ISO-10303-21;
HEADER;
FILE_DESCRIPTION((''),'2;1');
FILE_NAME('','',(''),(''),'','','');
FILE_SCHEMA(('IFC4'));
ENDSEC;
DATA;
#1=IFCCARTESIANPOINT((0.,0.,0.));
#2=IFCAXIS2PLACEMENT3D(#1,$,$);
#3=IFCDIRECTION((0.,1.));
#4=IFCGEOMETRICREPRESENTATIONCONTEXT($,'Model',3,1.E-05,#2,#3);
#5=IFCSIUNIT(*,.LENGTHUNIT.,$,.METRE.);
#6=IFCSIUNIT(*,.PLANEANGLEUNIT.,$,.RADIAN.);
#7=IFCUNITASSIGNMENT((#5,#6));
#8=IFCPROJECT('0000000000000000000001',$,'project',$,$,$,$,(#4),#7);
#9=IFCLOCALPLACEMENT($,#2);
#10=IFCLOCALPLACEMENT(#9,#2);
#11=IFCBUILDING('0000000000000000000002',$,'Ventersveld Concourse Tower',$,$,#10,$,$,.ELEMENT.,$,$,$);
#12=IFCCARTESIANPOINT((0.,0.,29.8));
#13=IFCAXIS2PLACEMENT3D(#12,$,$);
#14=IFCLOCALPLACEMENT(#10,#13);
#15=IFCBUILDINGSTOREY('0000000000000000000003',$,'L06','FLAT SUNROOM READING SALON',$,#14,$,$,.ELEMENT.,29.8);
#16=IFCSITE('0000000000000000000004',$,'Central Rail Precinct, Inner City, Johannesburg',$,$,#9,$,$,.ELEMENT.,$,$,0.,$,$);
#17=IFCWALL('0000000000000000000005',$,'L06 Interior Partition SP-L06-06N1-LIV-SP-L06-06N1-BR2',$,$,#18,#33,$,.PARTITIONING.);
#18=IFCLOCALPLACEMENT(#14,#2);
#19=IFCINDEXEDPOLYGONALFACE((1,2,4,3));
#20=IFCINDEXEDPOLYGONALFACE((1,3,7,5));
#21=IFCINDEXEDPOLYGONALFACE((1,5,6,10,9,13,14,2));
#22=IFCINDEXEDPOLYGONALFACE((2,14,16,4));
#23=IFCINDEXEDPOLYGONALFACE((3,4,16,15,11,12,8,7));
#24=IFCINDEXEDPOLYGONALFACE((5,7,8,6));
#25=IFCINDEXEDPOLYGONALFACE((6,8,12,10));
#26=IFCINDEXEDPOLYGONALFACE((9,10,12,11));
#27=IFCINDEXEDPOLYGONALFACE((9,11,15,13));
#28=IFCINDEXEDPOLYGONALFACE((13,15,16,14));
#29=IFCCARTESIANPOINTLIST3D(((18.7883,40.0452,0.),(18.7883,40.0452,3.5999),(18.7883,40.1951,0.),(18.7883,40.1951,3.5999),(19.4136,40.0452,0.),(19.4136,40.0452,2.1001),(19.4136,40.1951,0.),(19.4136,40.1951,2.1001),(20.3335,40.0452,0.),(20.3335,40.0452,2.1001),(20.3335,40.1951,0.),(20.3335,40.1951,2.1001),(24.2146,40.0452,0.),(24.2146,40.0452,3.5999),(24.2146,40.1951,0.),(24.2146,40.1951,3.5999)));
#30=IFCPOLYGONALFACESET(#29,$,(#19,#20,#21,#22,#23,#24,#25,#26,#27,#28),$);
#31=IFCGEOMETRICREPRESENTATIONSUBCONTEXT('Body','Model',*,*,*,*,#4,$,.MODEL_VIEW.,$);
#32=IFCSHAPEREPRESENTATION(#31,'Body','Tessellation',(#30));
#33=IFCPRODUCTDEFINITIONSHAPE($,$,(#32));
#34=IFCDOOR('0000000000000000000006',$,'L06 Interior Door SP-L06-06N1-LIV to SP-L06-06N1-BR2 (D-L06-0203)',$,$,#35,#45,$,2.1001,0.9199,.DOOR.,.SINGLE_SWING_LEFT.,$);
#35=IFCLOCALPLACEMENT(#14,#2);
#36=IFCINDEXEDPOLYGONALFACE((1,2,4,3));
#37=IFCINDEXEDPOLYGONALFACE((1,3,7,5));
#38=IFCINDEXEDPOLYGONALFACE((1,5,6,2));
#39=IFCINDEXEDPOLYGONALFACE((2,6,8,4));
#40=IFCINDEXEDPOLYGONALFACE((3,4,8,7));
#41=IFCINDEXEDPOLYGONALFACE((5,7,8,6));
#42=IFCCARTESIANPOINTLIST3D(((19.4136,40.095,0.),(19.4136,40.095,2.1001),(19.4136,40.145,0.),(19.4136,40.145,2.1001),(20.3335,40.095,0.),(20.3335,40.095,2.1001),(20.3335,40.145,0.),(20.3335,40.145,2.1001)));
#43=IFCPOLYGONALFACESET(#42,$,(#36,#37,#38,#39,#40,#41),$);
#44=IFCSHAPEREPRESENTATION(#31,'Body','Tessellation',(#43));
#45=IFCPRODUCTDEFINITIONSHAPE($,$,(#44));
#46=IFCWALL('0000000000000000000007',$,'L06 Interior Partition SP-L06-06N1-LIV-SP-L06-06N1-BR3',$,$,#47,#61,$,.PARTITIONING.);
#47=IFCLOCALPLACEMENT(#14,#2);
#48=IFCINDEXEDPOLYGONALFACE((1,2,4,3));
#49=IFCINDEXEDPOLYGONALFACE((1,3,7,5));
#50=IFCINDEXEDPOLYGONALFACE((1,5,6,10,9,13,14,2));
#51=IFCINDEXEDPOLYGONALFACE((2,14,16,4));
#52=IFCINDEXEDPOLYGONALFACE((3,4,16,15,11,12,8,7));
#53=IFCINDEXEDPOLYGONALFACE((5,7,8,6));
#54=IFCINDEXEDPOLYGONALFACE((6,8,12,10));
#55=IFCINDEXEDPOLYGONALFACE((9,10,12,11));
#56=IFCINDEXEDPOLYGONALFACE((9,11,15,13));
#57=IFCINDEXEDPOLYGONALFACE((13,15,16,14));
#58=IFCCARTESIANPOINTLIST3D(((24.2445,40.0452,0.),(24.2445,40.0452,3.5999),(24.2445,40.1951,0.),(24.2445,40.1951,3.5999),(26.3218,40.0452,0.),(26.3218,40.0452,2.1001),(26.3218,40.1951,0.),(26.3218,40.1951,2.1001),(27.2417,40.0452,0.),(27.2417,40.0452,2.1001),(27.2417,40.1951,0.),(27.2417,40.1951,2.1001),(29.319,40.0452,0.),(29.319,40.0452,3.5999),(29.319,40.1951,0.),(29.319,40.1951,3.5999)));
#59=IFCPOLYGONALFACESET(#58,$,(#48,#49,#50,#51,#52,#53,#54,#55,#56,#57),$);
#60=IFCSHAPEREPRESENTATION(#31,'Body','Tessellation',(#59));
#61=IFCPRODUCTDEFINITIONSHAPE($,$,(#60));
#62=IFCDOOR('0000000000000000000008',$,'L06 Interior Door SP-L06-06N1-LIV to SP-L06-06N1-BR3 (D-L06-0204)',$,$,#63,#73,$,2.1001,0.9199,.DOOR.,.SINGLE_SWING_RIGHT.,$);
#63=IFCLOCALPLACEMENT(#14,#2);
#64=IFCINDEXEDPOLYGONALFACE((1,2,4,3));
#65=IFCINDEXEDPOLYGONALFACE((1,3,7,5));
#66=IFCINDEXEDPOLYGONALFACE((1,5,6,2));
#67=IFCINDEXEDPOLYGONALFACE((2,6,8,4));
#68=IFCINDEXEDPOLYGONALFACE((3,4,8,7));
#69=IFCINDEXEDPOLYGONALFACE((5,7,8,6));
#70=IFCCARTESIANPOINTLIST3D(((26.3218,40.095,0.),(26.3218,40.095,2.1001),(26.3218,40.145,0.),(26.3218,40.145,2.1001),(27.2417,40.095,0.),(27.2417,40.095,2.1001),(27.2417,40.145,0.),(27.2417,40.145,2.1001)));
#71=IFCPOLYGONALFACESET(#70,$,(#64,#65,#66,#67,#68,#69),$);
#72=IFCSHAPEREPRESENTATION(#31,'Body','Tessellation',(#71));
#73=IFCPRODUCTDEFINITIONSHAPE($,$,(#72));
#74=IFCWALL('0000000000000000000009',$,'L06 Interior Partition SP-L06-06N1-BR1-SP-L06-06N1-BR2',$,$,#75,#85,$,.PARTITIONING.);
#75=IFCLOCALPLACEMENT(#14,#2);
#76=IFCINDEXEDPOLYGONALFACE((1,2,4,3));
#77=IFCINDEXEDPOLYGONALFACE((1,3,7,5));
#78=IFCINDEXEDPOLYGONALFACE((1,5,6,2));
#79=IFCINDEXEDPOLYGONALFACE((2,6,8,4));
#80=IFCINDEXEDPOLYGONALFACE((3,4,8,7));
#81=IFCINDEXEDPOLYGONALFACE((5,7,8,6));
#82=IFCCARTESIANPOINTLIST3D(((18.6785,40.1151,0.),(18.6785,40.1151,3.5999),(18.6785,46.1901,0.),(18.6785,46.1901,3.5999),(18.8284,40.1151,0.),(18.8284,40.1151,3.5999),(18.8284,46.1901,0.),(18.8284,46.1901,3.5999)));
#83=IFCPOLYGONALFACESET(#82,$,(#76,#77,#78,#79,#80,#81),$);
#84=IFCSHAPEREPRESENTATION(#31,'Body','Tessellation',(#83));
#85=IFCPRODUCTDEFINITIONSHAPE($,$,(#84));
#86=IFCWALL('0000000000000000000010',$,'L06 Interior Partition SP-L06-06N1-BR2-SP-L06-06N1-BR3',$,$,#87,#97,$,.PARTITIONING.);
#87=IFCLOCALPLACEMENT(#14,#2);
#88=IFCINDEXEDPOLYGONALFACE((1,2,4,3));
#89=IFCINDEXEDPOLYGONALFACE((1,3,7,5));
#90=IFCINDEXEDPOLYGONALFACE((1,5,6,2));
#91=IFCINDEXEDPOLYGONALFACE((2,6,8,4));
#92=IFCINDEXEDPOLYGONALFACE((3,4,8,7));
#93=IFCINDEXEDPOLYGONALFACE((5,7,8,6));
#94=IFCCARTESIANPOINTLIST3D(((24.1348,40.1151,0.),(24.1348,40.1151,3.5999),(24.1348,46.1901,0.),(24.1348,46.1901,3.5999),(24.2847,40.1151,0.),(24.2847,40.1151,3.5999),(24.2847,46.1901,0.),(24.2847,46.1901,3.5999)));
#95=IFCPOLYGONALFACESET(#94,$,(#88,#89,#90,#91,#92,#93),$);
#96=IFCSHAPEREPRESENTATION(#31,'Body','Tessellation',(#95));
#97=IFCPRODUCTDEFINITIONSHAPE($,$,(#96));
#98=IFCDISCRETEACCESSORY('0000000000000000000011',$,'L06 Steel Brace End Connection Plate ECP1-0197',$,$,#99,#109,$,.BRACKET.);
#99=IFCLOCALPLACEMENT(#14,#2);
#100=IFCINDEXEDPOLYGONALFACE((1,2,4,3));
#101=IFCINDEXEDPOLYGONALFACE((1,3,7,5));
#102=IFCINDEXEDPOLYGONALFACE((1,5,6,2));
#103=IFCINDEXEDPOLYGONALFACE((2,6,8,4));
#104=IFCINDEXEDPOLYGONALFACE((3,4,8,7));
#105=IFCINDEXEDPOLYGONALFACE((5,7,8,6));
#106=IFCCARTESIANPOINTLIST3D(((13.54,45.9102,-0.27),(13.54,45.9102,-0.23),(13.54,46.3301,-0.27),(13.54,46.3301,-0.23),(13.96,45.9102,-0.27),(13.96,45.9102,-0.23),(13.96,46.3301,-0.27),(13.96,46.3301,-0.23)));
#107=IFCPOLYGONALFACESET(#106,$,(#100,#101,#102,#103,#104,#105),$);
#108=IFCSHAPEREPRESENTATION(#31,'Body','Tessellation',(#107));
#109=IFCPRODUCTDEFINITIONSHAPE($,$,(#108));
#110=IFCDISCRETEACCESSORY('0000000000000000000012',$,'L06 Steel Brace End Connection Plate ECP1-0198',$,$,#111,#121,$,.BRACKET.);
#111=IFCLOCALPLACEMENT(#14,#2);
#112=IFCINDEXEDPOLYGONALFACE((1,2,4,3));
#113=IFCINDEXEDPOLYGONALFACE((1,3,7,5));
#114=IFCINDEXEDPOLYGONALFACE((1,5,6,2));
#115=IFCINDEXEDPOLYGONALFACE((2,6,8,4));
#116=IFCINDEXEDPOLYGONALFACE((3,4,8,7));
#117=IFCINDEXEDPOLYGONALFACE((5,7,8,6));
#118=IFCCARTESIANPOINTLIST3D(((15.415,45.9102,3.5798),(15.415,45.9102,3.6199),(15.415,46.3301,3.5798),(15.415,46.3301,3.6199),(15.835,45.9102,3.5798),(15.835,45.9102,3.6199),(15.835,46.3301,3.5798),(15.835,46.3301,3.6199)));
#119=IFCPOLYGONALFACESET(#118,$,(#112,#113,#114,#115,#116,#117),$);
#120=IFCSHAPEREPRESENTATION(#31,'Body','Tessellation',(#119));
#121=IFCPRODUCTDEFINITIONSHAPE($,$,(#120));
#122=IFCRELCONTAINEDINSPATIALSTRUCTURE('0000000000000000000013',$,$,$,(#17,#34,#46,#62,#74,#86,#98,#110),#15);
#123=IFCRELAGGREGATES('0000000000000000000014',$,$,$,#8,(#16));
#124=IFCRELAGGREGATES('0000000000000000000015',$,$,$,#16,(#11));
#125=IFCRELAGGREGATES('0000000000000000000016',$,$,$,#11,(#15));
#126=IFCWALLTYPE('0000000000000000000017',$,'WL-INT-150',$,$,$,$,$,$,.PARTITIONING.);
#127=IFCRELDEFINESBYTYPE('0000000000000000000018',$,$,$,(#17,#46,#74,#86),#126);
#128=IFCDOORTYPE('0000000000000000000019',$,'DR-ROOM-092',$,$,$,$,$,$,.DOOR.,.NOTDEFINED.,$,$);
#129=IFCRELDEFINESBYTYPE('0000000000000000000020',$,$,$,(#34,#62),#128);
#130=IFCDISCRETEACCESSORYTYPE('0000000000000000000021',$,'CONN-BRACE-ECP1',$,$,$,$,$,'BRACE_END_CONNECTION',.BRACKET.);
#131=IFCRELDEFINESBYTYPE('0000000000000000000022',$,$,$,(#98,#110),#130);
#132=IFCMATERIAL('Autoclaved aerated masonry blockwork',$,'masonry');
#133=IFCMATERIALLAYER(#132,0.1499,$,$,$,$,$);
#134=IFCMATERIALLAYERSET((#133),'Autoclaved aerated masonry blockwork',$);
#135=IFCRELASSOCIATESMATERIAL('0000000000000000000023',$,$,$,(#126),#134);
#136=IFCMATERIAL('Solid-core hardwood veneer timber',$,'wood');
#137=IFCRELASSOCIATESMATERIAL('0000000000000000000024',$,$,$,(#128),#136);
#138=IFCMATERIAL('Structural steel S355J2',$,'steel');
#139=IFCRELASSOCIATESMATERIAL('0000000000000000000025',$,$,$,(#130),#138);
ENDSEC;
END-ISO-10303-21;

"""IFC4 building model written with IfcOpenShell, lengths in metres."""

from ifc_helpers import new_model, si_unit, direction, frame, frame_2d, origin, origin_2d, place, context, subcontext, project, spatial, rectangle, extrude, material, layer, layer_set, type_object, element, fill, save


model = new_model("IFC4")

# Units and contexts
model_context = context("Model", 3, precision=1e-05, world=origin(), true_north=direction((0.0, 1.0)))
body_context = subcontext(model_context, "Body", "Model", "MODEL_VIEW")
ifc_project = project(units=[si_unit("LENGTHUNIT", "METRE"), si_unit("PLANEANGLEUNIT", "RADIAN")], contexts=[model_context])

# Site, building, storey
site_placement = place(None, origin())
site = spatial("IfcSite", under=ifc_project, at=site_placement, Name="Central Rail Precinct, Inner City, Johannesburg", CompositionType="ELEMENT", RefElevation=0.0)
building_placement = place(site_placement, origin())
building = spatial("IfcBuilding", under=site, at=building_placement, Name="Ventersveld Concourse Tower", CompositionType="ELEMENT")
storey_placement = place(building_placement, frame((0.0, 0.0, 29.8)))
storey = spatial("IfcBuildingStorey", under=building, at=storey_placement, Name="L06", Description="FLAT SUNROOM READING SALON", CompositionType="ELEMENT", Elevation=29.8)

# Shared definitions
ifc_material_1 = material(Name="Structural steel S355J2", Category="steel")

# Shared definitions
ifc_material_2 = material(Name="Autoclaved aerated masonry blockwork", Category="masonry")
ifc_layer_1 = layer(ifc_material_2, 0.1499)
ifc_layer_set_1 = layer_set([ifc_layer_1], Name="Autoclaved aerated masonry blockwork")
wall_type_1 = type_object("IfcWallType", Name="WL-INT-150", PredefinedType="PARTITIONING", material=ifc_layer_set_1)
ifc_material_3 = material(Name="Solid-core hardwood veneer timber", Category="wood")
door_type = type_object("IfcDoorType", Name="DR-ROOM-092", OperationType="NOTDEFINED", PredefinedType="DOOR", material=ifc_material_3)

# Walls, openings, doors
wall_1_placement = place(storey_placement, frame((18.7883, 40.1201, 0.0), z_axis=(0.0, 0.0, 1.0), x_axis=(1.0, 0.0, 0.0)))
wall_1 = element("IfcWall", 1, at=wall_1_placement, inside=storey, type_object=wall_type_1, Name="L06 Interior Partition SP-L06-06N1-LIV-SP-L06-06N1-BR2", PredefinedType="PARTITIONING", context=body_context, shape_type="SweptSolid", body=[
    extrude(rectangle(XDim=5.4263, YDim=0.1499, at=frame_2d((2.7131, 0.0))), origin(), (0.0, 0.0, 1.0), 3.5999),
])
opening_1_placement = place(wall_1_placement, frame((0.6252, 0.0, 0.0)))
opening_1 = element("IfcOpeningElement", 2, at=opening_1_placement, cuts=wall_1, PredefinedType="OPENING", context=body_context, shape_type="SweptSolid", body=[
    extrude(rectangle(XDim=0.9199, YDim=2.1001, at=frame_2d((0.46, 1.05))), frame((0.0, 0.085, 0.0), z_axis=(0.0, -1.0, 0.0), x_axis=(1.0, 0.0, 0.0)), (0.0, 0.0, 1.0), 0.1699),
])
door_1_placement = place(opening_1_placement, origin())
door_1 = element("IfcDoor", 3, at=door_1_placement, inside=storey, type_object=door_type, Name="L06 Interior Door SP-L06-06N1-LIV to SP-L06-06N1-BR2 (D-L06-0203)", OperationType="SINGLE_SWING_LEFT", OverallHeight=2.1001, OverallWidth=0.9199, PredefinedType="DOOR", context=body_context, shape_type="SweptSolid", body=[
    extrude(rectangle(XDim=0.9199, YDim=2.1001, at=frame_2d((0.46, 1.05))), frame((0.0, 0.0249, 0.0), z_axis=(0.0, -1.0, 0.0), x_axis=(1.0, 0.0, 0.0)), (0.0, 0.0, 1.0), 0.05),
])
fill(opening_1, door_1)
wall_2_placement = place(storey_placement, frame((24.2446, 40.1201, 0.0), z_axis=(0.0, 0.0, 1.0), x_axis=(1.0, 0.0, 0.0)))
wall_2 = element("IfcWall", 4, at=wall_2_placement, inside=storey, type_object=wall_type_1, Name="L06 Interior Partition SP-L06-06N1-LIV-SP-L06-06N1-BR3", PredefinedType="PARTITIONING", context=body_context, shape_type="SweptSolid", body=[
    extrude(rectangle(XDim=5.0745, YDim=0.1499, at=frame_2d((2.5371, 0.0))), origin(), (0.0, 0.0, 1.0), 3.5999),
])
opening_2_placement = place(wall_2_placement, frame((2.0771, 0.0, 0.0)))
opening_2 = element("IfcOpeningElement", 5, at=opening_2_placement, cuts=wall_2, PredefinedType="OPENING", context=body_context, shape_type="SweptSolid", body=[
    extrude(rectangle(XDim=0.9199, YDim=2.1001, at=frame_2d((0.46, 1.05))), frame((0.0, 0.085, 0.0), z_axis=(0.0, -1.0, 0.0), x_axis=(1.0, 0.0, 0.0)), (0.0, 0.0, 1.0), 0.1699),
])
door_2_placement = place(opening_2_placement, origin())
door_2 = element("IfcDoor", 6, at=door_2_placement, inside=storey, type_object=door_type, Name="L06 Interior Door SP-L06-06N1-LIV to SP-L06-06N1-BR3 (D-L06-0204)", OperationType="SINGLE_SWING_RIGHT", OverallHeight=2.1001, OverallWidth=0.9199, PredefinedType="DOOR", context=body_context, shape_type="SweptSolid", body=[
    extrude(rectangle(XDim=0.9199, YDim=2.1001, at=frame_2d((0.46, 1.05))), frame((0.0, 0.0249, 0.0), z_axis=(0.0, -1.0, 0.0), x_axis=(1.0, 0.0, 0.0)), (0.0, 0.0, 1.0), 0.05),
])
fill(opening_2, door_2)

# Walls
for number, where, z_axis, x_axis, name in (
    (7, (18.7534, 40.115, 0.0), (0.0, 0.0, 1.0), (0.0, 1.0, 0.0), "L06 Interior Partition SP-L06-06N1-BR1-SP-L06-06N1-BR2"),
    (8, (24.2097, 40.115, 0.0), (0.0, 0.0, 1.0), (0.0, 1.0, 0.0), "L06 Interior Partition SP-L06-06N1-BR2-SP-L06-06N1-BR3"),
):
    element("IfcWall", number, at=place(storey_placement, frame(where, z_axis=z_axis, x_axis=x_axis)), inside=storey, type_object=wall_type_1, Name=name, PredefinedType="PARTITIONING", context=body_context, shape_type="SweptSolid", body=[
        extrude(rectangle(XDim=6.075, YDim=0.1499, at=frame_2d((3.0376, 0.0))), origin(), (0.0, 0.0, 1.0), 3.5999),
    ])

# Discrete accessories
discrete_accessory_type = type_object("IfcDiscreteAccessoryType", Name="CONN-BRACE-ECP1", ElementType="BRACE_END_CONNECTION", PredefinedType="BRACKET", material=ifc_material_1)
for number, where, z_axis, x_axis, name in (
    (9, (13.75, 46.1201, -0.27), (0.0, 0.0, 1.0), (1.0, 0.0, 0.0), "L06 Steel Brace End Connection Plate ECP1-0197"),
    (10, (15.625, 46.1201, 3.5798), (0.0, 0.0, 1.0), (1.0, 0.0, 0.0), "L06 Steel Brace End Connection Plate ECP1-0198"),
):
    element("IfcDiscreteAccessory", number, at=place(storey_placement, frame(where, z_axis=z_axis, x_axis=x_axis)), inside=storey, type_object=discrete_accessory_type, Name=name, PredefinedType="BRACKET", context=body_context, shape_type="SweptSolid", body=[
        extrude(rectangle(XDim=0.4199, YDim=0.4199, at=origin_2d()), origin(), (0.0, 0.0, 1.0), 0.04),
    ])

save(model, "model.ifc")
